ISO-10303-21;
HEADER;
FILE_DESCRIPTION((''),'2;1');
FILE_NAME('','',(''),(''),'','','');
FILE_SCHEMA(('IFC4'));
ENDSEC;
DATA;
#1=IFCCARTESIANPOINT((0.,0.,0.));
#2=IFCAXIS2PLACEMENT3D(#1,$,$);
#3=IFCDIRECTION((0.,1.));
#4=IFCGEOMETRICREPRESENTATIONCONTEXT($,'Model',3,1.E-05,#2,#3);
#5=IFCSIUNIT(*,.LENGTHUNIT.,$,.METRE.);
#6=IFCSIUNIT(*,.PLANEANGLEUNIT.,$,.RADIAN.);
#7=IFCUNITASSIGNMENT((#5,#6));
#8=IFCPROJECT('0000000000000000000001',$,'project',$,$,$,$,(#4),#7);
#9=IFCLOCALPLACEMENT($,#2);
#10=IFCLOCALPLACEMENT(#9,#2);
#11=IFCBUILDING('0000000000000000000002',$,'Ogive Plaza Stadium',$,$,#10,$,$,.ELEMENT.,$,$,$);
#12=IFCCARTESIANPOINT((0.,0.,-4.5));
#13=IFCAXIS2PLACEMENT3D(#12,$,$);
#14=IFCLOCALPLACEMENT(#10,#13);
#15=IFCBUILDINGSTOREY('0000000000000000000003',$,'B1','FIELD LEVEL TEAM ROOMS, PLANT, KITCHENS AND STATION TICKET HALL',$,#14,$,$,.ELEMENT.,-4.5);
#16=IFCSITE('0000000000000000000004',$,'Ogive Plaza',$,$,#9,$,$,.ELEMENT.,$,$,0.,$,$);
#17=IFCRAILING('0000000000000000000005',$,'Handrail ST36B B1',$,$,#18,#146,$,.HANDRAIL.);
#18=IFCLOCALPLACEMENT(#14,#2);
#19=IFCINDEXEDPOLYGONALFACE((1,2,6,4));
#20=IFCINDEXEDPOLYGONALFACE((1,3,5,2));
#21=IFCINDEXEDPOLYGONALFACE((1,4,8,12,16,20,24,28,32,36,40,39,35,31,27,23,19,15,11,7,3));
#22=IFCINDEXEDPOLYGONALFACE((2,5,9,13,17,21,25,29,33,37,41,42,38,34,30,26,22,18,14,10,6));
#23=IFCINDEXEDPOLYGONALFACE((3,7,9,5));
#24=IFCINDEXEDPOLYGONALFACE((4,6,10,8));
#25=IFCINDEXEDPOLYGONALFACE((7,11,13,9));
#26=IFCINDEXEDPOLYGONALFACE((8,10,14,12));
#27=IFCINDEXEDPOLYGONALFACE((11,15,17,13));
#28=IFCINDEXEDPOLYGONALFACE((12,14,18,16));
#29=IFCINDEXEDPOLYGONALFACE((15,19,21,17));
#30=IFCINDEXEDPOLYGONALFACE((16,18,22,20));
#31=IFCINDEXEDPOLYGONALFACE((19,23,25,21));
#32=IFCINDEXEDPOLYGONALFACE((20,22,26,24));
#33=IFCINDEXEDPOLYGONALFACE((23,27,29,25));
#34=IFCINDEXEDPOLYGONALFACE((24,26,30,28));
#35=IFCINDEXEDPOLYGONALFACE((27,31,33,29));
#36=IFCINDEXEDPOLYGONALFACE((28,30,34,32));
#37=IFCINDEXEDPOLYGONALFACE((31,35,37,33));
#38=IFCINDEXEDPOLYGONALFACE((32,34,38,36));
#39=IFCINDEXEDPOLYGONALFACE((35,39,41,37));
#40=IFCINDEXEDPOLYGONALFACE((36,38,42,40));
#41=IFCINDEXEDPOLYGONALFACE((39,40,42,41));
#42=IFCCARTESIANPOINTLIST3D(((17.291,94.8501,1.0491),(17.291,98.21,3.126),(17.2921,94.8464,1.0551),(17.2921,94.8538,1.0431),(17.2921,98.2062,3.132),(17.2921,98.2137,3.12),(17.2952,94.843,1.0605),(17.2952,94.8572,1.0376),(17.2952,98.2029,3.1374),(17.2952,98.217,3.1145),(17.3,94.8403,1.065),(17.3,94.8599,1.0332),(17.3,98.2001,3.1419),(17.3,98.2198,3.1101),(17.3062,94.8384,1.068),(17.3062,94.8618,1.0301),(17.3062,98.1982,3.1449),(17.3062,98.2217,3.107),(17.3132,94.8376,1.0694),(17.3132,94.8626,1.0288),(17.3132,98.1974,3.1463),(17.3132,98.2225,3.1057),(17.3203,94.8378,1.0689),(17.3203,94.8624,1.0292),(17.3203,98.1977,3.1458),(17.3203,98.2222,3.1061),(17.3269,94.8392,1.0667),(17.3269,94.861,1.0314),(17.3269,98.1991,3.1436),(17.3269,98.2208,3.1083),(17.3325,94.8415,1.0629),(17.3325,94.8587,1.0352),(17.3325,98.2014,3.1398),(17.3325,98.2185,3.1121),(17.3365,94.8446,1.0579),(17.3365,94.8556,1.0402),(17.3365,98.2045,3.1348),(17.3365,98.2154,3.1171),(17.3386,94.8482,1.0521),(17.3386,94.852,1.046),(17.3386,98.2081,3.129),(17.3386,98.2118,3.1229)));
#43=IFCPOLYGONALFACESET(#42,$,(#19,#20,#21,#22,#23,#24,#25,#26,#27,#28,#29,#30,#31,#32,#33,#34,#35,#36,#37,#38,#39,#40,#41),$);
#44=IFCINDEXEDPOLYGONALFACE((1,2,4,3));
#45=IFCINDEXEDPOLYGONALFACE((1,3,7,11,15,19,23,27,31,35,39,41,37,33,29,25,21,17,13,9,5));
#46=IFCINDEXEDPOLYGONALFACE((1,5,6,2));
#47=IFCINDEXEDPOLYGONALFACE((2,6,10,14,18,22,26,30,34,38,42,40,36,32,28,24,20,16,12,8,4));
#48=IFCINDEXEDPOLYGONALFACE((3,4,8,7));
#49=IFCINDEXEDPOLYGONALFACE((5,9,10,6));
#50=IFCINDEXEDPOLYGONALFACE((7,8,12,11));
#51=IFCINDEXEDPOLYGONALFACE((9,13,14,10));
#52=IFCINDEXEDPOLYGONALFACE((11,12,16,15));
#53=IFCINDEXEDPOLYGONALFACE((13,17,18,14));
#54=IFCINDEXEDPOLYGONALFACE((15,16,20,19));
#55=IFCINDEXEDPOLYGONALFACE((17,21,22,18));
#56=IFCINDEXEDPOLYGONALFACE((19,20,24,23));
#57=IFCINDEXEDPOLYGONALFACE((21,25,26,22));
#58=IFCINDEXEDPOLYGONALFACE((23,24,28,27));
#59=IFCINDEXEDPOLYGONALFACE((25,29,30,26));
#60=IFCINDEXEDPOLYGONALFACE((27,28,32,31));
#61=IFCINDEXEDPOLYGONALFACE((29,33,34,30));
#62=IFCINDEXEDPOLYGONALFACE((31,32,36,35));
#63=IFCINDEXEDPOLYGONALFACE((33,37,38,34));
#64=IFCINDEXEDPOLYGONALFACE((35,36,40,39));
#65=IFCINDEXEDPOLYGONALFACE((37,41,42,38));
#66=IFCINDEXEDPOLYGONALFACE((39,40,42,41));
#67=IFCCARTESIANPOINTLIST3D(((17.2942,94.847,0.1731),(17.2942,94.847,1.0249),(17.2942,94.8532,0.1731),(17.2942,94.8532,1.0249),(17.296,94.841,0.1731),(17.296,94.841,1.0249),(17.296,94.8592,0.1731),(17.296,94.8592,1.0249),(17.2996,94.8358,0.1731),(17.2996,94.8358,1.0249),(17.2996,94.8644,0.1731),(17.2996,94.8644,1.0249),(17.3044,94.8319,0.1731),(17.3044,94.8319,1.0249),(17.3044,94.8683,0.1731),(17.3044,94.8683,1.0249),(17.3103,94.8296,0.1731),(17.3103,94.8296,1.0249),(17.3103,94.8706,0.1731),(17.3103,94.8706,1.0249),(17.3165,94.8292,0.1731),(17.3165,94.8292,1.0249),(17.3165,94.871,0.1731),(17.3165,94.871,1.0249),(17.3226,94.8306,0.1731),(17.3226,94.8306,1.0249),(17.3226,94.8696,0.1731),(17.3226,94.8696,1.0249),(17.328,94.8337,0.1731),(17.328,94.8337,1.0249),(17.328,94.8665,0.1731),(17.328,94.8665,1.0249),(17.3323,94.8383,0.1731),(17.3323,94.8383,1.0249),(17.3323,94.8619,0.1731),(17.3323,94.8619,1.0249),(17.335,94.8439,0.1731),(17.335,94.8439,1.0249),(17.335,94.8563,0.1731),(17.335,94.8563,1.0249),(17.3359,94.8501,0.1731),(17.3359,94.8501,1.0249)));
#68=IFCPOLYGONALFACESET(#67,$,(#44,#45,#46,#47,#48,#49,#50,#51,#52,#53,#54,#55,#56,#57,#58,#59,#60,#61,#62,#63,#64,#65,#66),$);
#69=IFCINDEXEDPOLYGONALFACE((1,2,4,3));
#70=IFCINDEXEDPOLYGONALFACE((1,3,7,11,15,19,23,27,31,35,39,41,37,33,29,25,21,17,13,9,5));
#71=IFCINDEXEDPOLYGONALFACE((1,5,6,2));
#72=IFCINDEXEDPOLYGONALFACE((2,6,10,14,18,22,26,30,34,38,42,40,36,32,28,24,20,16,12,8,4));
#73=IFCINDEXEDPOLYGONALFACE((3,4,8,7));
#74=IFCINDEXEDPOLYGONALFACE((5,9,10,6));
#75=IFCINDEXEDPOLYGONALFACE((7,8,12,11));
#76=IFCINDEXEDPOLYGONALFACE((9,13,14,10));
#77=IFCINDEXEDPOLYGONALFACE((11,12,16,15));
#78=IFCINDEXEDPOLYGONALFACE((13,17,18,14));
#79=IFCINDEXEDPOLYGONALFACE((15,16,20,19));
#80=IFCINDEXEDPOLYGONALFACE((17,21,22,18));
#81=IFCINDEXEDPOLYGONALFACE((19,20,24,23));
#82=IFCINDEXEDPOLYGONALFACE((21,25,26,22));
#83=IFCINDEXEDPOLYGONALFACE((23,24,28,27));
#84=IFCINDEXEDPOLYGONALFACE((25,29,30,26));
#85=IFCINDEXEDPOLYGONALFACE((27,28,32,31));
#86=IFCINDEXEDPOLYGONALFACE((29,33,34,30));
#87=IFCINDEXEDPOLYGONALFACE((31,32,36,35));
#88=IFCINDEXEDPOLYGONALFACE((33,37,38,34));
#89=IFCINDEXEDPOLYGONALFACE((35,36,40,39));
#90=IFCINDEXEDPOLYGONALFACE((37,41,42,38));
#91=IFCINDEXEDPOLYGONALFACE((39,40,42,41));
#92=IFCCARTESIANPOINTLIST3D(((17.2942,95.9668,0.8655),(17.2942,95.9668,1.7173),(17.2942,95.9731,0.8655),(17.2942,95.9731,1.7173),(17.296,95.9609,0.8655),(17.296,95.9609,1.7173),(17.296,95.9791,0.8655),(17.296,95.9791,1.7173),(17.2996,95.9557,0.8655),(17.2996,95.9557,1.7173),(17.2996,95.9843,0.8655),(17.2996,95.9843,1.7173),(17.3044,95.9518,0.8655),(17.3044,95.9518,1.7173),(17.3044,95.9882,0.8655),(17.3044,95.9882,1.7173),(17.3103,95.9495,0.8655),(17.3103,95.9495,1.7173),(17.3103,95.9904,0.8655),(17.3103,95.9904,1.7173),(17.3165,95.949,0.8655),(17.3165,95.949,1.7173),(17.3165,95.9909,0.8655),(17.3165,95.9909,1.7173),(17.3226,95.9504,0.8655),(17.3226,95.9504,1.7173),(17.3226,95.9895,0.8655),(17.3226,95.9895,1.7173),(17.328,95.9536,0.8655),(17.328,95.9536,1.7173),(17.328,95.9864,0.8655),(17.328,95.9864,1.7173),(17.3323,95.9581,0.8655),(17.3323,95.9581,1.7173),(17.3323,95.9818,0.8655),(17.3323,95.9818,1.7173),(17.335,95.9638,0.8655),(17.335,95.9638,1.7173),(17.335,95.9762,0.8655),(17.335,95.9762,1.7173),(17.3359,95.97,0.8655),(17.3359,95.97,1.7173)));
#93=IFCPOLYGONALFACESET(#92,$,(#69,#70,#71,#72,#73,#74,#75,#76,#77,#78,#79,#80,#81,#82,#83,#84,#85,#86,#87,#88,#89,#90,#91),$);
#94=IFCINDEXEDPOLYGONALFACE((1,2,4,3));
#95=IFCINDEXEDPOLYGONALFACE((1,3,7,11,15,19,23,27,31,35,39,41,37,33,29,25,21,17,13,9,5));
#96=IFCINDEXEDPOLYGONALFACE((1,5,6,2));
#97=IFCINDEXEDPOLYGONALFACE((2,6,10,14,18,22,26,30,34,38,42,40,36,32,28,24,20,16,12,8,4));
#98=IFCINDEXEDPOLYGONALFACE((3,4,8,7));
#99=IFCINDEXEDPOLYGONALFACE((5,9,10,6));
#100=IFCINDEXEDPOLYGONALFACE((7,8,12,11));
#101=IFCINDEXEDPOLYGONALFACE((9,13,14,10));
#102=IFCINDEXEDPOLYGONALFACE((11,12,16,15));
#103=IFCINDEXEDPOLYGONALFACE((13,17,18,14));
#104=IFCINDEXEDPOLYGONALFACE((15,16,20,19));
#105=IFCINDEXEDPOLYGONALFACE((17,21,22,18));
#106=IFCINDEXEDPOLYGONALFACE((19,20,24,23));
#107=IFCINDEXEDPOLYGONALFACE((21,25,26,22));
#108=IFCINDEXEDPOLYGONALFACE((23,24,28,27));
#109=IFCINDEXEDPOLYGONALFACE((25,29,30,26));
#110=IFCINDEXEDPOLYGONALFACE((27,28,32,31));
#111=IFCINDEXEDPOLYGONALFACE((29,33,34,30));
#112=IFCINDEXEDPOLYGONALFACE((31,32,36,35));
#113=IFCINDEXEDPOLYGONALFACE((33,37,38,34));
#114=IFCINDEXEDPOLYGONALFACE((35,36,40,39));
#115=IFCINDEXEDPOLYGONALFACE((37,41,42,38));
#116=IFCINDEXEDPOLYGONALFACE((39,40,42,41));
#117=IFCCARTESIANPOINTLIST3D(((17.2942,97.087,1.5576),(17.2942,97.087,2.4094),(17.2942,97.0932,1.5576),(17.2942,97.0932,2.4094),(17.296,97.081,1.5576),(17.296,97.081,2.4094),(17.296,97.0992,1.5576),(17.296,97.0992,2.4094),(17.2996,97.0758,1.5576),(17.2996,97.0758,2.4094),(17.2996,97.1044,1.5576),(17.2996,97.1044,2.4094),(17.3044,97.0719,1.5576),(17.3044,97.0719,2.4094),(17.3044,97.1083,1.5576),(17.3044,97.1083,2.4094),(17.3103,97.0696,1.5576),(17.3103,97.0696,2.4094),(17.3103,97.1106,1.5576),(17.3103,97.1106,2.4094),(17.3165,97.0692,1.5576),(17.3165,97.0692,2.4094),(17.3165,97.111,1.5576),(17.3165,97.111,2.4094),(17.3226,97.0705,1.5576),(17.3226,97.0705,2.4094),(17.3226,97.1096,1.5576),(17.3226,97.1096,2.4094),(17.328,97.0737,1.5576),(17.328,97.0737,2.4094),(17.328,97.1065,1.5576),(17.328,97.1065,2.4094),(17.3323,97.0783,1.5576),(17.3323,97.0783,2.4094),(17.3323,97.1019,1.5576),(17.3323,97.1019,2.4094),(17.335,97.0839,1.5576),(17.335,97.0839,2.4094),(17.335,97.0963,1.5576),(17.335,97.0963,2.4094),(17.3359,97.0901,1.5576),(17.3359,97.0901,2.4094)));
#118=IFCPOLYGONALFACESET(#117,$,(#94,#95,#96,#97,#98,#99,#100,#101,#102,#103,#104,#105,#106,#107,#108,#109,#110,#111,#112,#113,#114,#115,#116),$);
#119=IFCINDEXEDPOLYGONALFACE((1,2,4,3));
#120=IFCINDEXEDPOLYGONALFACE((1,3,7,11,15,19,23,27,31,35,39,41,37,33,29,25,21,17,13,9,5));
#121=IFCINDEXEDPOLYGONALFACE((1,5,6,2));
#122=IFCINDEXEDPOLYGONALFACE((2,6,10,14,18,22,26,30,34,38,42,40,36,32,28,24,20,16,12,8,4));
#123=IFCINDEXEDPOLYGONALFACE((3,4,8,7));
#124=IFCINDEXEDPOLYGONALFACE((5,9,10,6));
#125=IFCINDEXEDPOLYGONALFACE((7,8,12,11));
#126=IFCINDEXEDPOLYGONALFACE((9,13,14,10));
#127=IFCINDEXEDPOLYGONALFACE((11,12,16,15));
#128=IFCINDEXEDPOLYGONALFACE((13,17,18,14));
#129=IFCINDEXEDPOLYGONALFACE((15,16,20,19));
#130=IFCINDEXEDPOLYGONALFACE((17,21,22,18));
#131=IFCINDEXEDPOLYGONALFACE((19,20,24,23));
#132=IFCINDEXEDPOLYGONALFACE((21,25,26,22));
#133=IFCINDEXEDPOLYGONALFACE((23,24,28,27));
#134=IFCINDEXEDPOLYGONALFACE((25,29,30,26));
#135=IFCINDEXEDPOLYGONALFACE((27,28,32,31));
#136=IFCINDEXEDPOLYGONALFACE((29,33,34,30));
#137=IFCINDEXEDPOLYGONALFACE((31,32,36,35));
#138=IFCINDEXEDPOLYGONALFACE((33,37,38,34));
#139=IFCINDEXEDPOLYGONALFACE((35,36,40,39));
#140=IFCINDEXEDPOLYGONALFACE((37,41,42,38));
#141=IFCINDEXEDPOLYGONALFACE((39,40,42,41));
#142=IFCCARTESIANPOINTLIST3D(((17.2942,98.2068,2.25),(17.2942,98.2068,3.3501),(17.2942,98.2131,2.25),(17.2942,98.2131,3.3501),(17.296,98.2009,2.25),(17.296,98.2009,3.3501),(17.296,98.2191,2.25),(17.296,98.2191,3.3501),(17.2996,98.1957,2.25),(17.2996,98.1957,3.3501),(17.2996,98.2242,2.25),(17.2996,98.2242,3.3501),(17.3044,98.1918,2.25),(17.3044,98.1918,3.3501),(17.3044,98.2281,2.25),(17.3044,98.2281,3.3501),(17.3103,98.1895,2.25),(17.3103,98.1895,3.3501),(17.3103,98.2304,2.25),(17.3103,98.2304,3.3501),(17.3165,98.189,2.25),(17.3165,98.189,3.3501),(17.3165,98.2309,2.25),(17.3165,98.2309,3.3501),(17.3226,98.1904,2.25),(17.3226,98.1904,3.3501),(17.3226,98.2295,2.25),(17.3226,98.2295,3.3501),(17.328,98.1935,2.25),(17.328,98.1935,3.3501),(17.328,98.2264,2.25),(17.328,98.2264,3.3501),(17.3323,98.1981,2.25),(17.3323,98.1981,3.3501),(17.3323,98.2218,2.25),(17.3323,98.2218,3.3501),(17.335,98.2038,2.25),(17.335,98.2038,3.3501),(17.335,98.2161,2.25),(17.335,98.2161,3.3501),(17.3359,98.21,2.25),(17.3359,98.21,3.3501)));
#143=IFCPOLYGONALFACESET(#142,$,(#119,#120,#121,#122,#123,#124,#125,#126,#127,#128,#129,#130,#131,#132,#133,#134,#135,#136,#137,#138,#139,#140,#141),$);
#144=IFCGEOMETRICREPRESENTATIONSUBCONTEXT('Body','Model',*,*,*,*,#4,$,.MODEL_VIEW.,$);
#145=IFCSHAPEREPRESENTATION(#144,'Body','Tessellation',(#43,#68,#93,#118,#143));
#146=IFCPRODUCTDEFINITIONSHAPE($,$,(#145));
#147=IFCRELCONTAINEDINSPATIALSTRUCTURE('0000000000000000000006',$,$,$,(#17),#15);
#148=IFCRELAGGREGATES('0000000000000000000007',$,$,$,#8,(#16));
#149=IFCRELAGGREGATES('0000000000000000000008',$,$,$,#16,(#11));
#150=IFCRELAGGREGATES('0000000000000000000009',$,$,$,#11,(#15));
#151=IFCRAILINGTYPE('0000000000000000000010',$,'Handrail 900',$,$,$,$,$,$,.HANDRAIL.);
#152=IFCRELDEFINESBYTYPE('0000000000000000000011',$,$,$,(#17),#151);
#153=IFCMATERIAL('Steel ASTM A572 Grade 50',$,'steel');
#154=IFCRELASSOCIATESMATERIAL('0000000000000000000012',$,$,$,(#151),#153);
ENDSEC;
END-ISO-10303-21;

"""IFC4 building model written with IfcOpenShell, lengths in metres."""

from ifc_helpers import new_model, si_unit, direction, frame, origin, origin_2d, place, context, subcontext, project, spatial, circle, extrude, material, type_object, element, save


model = new_model("IFC4")

# Units and contexts
model_context = context("Model", 3, precision=1e-05, world=origin(), true_north=direction((0.0, 1.0)))
body_context = subcontext(model_context, "Body", "Model", "MODEL_VIEW")
ifc_project = project(units=[si_unit("LENGTHUNIT", "METRE"), si_unit("PLANEANGLEUNIT", "RADIAN")], contexts=[model_context])

# Site, building, storey
site_placement = place(None, origin())
site = spatial("IfcSite", under=ifc_project, at=site_placement, Name="Ogive Plaza", CompositionType="ELEMENT", RefElevation=0.0)
building_placement = place(site_placement, origin())
building = spatial("IfcBuilding", under=site, at=building_placement, Name="Ogive Plaza Stadium", CompositionType="ELEMENT")
storey_placement = place(building_placement, frame((0.0, 0.0, -4.5)))
storey = spatial("IfcBuildingStorey", under=building, at=storey_placement, Name="B1", Description="FIELD LEVEL TEAM ROOMS, PLANT, KITCHENS AND STATION TICKET HALL", CompositionType="ELEMENT", Elevation=-4.5)

# Railing
ifc_material_1 = material(Name="Steel ASTM A572 Grade 50", Category="steel")
railing_type_1 = type_object("IfcRailingType", Name="Handrail 900", PredefinedType="HANDRAIL", material=ifc_material_1)
railing_1_placement = place(storey_placement, frame((17.3149, 94.8501, 0.1731)))
element("IfcRailing", 1, at=railing_1_placement, inside=storey, type_object=railing_type_1, Name="Handrail ST36B B1", PredefinedType="HANDRAIL", context=body_context, shape_type="SweptSolid", body=[
    extrude(circle(Radius=0.0239, at=origin_2d()), frame((0.0, 0.0, 0.876), z_axis=(0.0, 0.850606, 0.525803), x_axis=(-1.0, 0.0, 0.0)), (0.0, 0.0, 1.0), 3.95),
    extrude(circle(Radius=0.021, at=origin_2d()), origin(), (0.0, 0.0, 1.0), 0.8518),
    extrude(circle(Radius=0.021, at=origin_2d()), frame((0.0, 1.1199, 0.6924)), (0.0, 0.0, 1.0), 0.8518),
    extrude(circle(Radius=0.021, at=origin_2d()), frame((0.0, 2.24, 1.3845)), (0.0, 0.0, 1.0), 0.8518),
    extrude(circle(Radius=0.021, at=origin_2d()), frame((0.0, 3.3599, 2.0769)), (0.0, 0.0, 1.0), 1.1001),
])

save(model, "model.ifc")
